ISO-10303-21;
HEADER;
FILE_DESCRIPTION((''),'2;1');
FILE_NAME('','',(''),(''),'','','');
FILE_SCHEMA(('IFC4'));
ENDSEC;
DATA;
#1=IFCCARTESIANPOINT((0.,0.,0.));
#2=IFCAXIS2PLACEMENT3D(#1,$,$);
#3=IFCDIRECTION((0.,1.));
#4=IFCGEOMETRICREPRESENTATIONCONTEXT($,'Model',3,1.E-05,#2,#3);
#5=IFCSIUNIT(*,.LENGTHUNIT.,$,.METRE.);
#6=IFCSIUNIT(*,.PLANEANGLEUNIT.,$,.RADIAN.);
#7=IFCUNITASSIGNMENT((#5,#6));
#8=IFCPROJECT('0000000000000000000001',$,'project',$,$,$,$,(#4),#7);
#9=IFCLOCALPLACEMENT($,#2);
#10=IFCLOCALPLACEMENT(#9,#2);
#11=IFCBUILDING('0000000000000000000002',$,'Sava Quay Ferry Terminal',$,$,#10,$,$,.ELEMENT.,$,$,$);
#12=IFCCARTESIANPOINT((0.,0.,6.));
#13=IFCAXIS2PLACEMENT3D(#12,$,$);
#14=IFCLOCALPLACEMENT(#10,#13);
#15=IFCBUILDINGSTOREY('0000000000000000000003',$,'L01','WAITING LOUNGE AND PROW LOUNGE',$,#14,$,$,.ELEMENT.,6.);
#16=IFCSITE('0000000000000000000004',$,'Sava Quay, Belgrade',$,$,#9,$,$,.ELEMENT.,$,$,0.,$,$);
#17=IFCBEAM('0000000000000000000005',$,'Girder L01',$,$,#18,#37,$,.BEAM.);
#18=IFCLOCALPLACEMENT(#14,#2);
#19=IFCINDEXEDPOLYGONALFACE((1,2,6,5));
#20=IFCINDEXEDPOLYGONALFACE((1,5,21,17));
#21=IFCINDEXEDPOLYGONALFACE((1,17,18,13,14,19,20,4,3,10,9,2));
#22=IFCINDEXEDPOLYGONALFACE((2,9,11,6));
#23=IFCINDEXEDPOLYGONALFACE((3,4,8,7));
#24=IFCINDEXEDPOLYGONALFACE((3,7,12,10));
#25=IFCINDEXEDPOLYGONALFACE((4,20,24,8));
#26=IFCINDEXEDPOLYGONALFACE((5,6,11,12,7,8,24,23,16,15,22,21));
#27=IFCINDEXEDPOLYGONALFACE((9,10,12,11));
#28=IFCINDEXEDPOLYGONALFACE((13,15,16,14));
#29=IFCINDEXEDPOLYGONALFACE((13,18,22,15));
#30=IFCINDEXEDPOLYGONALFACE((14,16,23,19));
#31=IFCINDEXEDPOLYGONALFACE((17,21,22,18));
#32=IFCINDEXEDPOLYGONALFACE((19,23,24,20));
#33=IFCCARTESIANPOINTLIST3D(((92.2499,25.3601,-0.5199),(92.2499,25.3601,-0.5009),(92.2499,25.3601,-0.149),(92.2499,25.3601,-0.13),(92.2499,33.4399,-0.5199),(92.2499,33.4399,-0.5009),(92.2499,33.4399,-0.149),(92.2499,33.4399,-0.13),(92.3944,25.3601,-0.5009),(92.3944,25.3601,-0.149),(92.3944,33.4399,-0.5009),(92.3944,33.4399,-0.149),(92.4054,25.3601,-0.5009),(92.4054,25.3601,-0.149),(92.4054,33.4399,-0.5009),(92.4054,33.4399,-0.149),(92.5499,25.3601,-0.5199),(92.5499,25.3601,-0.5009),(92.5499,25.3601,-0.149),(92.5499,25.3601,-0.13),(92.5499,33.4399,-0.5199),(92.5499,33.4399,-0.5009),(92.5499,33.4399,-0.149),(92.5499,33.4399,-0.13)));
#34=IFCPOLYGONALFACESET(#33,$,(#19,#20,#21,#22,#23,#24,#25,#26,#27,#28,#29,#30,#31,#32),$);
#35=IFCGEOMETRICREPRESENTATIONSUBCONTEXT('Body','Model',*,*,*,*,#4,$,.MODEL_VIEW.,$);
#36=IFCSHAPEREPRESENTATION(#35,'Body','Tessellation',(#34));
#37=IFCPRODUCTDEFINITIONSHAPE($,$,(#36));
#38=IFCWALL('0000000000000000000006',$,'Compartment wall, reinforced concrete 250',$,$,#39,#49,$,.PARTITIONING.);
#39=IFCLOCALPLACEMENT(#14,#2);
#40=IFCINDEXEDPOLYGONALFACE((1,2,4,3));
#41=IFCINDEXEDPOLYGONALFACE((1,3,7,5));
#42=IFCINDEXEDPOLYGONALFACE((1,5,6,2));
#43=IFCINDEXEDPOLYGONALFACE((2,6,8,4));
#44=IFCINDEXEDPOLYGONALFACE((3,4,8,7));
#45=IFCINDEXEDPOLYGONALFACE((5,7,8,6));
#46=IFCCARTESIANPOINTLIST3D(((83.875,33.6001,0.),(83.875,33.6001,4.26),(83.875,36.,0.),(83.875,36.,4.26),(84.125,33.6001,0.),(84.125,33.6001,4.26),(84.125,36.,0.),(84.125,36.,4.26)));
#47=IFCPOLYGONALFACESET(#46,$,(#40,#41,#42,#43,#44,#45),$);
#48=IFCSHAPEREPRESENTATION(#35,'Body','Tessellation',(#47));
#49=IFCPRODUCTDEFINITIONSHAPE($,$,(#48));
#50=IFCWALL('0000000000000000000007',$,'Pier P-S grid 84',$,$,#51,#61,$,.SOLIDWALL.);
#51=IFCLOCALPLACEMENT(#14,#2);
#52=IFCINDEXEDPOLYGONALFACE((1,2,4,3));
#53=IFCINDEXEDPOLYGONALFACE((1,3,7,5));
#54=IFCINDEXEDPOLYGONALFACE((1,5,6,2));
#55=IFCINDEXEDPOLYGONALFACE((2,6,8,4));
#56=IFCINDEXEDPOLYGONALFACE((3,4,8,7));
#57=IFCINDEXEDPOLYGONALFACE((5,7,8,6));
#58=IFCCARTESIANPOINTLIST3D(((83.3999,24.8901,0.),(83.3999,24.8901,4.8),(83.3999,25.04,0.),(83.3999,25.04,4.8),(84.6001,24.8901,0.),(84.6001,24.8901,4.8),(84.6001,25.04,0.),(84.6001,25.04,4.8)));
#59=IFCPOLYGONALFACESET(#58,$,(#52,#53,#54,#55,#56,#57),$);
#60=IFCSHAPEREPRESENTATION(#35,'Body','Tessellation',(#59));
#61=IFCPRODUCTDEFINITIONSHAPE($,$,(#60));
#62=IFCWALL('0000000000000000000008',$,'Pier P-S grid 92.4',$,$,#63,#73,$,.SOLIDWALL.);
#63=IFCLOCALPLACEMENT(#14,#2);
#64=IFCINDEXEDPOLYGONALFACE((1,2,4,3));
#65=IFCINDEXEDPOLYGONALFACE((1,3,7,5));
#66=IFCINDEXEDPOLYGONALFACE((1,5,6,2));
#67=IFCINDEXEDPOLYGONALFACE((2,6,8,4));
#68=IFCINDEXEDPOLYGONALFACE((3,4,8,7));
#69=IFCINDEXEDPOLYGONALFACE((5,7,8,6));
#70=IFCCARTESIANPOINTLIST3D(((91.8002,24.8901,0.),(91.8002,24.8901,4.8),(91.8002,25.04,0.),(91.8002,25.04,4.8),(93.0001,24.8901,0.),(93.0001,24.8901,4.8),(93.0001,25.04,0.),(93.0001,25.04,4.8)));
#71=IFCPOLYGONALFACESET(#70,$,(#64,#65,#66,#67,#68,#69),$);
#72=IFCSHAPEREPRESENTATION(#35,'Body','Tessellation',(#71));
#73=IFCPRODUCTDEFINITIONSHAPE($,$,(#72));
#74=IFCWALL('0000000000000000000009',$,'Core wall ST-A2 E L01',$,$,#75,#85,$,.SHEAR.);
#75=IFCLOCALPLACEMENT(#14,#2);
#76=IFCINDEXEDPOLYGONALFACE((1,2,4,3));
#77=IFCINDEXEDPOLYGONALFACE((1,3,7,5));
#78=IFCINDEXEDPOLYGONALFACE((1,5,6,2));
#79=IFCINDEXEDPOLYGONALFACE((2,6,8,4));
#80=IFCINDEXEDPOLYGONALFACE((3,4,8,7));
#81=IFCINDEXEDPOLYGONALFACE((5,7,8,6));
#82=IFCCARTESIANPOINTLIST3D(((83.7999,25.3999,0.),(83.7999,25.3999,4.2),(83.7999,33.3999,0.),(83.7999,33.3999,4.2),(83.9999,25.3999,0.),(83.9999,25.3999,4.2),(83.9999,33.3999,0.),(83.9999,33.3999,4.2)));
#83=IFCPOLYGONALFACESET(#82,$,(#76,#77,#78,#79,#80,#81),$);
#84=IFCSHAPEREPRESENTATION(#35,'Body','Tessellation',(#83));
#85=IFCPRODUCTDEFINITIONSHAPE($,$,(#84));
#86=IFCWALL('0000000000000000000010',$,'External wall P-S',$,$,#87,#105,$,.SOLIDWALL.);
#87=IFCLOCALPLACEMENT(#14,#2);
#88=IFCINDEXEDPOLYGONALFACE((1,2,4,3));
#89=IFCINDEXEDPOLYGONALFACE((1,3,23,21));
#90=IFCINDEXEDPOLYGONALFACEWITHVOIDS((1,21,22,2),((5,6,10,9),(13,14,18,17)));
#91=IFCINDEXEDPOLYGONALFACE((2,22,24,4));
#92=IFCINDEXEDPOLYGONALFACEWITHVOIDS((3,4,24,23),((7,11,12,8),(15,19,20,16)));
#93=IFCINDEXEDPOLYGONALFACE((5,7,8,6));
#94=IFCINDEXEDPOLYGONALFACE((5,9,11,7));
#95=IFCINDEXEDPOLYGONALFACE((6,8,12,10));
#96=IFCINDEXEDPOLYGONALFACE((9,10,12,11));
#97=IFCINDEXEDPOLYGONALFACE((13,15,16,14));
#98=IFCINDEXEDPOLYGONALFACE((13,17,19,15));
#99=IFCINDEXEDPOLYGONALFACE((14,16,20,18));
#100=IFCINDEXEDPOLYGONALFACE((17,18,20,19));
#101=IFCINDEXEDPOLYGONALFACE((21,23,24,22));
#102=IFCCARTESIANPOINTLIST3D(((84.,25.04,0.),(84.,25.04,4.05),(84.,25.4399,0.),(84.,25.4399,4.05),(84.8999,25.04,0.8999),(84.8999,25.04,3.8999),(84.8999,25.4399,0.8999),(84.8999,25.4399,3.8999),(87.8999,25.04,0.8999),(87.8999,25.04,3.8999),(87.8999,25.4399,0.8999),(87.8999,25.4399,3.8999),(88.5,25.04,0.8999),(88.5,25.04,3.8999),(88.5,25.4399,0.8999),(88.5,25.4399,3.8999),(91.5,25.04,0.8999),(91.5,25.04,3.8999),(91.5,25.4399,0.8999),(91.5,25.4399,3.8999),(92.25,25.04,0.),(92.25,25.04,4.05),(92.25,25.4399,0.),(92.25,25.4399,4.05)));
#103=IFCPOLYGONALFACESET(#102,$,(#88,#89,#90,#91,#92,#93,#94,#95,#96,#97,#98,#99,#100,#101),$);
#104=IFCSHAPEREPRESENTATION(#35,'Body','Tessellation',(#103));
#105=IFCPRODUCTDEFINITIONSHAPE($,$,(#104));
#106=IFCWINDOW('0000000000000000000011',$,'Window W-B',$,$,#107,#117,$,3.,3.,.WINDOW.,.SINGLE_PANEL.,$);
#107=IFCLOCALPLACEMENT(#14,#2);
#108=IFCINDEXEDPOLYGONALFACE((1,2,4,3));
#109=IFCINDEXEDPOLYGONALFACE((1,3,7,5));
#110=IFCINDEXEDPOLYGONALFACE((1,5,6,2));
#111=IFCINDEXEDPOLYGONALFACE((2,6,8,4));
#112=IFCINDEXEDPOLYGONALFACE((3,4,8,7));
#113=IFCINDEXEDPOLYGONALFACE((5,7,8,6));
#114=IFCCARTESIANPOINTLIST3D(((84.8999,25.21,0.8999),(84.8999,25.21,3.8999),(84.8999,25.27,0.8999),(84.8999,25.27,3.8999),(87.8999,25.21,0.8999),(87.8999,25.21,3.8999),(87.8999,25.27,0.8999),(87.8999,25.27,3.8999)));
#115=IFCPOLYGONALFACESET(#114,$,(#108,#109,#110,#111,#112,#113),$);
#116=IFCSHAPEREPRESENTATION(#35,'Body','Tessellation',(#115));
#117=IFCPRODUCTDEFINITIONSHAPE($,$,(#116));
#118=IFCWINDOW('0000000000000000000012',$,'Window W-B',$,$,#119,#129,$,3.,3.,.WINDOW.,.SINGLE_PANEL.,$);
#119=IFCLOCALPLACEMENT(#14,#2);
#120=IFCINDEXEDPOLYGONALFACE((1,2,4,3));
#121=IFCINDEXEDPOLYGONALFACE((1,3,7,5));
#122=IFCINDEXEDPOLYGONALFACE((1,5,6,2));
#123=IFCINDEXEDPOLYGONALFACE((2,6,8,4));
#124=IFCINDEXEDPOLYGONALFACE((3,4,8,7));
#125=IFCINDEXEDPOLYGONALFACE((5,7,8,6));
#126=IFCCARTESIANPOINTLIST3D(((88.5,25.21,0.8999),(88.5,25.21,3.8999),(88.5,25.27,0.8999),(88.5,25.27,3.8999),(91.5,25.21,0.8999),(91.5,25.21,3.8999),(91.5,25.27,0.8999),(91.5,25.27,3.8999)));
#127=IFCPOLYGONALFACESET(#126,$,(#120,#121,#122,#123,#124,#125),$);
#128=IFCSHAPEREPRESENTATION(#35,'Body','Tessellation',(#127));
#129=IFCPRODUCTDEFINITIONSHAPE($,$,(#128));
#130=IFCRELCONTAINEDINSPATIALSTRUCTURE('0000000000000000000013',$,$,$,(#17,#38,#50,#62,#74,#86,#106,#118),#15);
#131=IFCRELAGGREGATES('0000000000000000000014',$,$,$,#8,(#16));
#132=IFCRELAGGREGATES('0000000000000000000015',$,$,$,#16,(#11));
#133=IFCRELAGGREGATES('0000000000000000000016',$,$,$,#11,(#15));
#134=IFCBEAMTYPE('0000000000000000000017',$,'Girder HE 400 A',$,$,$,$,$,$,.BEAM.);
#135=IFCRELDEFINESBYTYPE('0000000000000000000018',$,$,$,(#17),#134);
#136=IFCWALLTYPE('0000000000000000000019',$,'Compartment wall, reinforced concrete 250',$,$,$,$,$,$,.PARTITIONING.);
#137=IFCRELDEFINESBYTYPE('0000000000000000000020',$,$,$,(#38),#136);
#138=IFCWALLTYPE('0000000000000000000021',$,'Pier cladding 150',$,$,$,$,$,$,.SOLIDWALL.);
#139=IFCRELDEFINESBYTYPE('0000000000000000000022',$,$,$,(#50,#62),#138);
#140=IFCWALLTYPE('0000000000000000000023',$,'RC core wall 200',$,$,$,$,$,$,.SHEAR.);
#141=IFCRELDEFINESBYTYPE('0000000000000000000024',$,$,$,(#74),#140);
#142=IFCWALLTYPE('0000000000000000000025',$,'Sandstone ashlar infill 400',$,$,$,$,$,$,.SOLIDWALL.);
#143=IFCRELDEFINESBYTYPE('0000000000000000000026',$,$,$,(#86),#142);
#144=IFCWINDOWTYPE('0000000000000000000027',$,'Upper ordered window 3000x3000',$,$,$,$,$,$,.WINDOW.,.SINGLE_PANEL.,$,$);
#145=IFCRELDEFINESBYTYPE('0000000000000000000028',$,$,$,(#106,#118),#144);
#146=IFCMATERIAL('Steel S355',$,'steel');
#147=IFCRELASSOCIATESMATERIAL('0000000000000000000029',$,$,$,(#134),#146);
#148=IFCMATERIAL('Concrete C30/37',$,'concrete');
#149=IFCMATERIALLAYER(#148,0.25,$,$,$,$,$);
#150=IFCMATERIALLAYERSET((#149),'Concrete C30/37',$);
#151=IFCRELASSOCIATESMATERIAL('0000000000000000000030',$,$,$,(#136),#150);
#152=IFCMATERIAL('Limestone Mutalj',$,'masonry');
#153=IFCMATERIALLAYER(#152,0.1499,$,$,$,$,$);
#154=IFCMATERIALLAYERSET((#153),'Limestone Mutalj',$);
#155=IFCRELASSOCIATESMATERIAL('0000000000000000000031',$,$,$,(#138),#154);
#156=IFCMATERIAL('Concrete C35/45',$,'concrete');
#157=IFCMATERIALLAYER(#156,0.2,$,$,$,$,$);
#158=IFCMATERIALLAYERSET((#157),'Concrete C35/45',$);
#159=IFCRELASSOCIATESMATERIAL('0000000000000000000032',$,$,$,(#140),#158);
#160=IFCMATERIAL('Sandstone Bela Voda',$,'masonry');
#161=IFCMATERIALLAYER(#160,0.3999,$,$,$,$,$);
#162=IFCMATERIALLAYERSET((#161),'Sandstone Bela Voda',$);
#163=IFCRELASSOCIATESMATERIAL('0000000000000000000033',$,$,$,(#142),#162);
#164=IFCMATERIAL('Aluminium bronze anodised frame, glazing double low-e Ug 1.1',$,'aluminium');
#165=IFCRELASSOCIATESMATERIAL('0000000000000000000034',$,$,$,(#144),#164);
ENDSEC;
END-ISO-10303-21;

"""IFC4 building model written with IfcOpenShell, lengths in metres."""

from ifc_helpers import new_model, si_unit, direction, frame, frame_2d, origin, origin_2d, place, context, subcontext, project, spatial, rectangle, i_section, extrude, material, layer, layer_set, material_profile, profile_set, type_object, element, fill, save


model = new_model("IFC4")

# Units and contexts
model_context = context("Model", 3, precision=1e-05, world=origin(), true_north=direction((0.0, 1.0)))
body_context = subcontext(model_context, "Body", "Model", "MODEL_VIEW")
ifc_project = project(units=[si_unit("LENGTHUNIT", "METRE"), si_unit("PLANEANGLEUNIT", "RADIAN")], contexts=[model_context])

# Site, building, storey
site_placement = place(None, origin())
site = spatial("IfcSite", under=ifc_project, at=site_placement, Name="Sava Quay, Belgrade", CompositionType="ELEMENT", RefElevation=0.0)
building_placement = place(site_placement, origin())
building = spatial("IfcBuilding", under=site, at=building_placement, Name="Sava Quay Ferry Terminal", CompositionType="ELEMENT")
storey_placement = place(building_placement, frame((0.0, 0.0, 6.0)))
storey = spatial("IfcBuildingStorey", under=building, at=storey_placement, Name="L01", Description="WAITING LOUNGE AND PROW LOUNGE", CompositionType="ELEMENT", Elevation=6.0)

# Beam
ifc_material_1 = material(Name="Steel S355", Category="steel")
ifc_material_profile_1 = material_profile(ifc_material_1, i_section(OverallWidth=0.3, OverallDepth=0.3899, WebThickness=0.011, FlangeThickness=0.019, at=origin_2d()), Name="HE 400 A")
ifc_profile_set_1 = profile_set([ifc_material_profile_1], Name="Steel S355")
beam_type_1 = type_object("IfcBeamType", Name="Girder HE 400 A", PredefinedType="BEAM", material=ifc_profile_set_1)
beam_1_placement = place(storey_placement, frame((92.3999, 25.3601, -0.325), z_axis=(0.0, 1.0, 0.0), x_axis=(-1.0, 0.0, 0.0)))
element("IfcBeam", 1, at=beam_1_placement, inside=storey, type_object=beam_type_1, Name="Girder L01", PredefinedType="BEAM", context=body_context, shape_type="SweptSolid", body=[
    extrude(i_section(OverallWidth=0.3, OverallDepth=0.3899, WebThickness=0.011, FlangeThickness=0.019, at=origin_2d()), origin(), (0.0, 0.0, 1.0), 8.0798),
])

# Walls
ifc_material_2 = material(Name="Concrete C30/37", Category="concrete")
ifc_layer_1 = layer(ifc_material_2, 0.25)
ifc_layer_set_1 = layer_set([ifc_layer_1], Name="Concrete C30/37")
wall_type_1 = type_object("IfcWallType", Name="Compartment wall, reinforced concrete 250", PredefinedType="PARTITIONING", material=ifc_layer_set_1)
wall_1_placement = place(storey_placement, frame((84.0, 33.6001, 0.0), z_axis=(0.0, 0.0, 1.0), x_axis=(0.0, 1.0, 0.0)))
element("IfcWall", 2, at=wall_1_placement, inside=storey, type_object=wall_type_1, Name="Compartment wall, reinforced concrete 250", PredefinedType="PARTITIONING", context=body_context, shape_type="SweptSolid", body=[
    extrude(rectangle(XDim=2.3999, YDim=0.25, at=frame_2d((1.2, 0.0))), origin(), (0.0, 0.0, 1.0), 4.26),
])
ifc_material_3 = material(Name="Limestone Mutalj", Category="masonry")
ifc_layer_2 = layer(ifc_material_3, 0.1499)
ifc_layer_set_2 = layer_set([ifc_layer_2], Name="Limestone Mutalj")
wall_type_2 = type_object("IfcWallType", Name="Pier cladding 150", PredefinedType="SOLIDWALL", material=ifc_layer_set_2)
wall_2_placement = place(storey_placement, frame((83.3999, 24.9651, 0.0), z_axis=(0.0, 0.0, 1.0), x_axis=(1.0, 0.0, 0.0)))
element("IfcWall", 3, at=wall_2_placement, inside=storey, type_object=wall_type_2, Name="Pier P-S grid 84", PredefinedType="SOLIDWALL", context=body_context, shape_type="SweptSolid", body=[
    extrude(rectangle(XDim=1.2002, YDim=0.1499, at=frame_2d((0.6001, 0.0))), origin(), (0.0, 0.0, 1.0), 4.8),
])
wall_3_placement = place(storey_placement, frame((91.8, 24.9651, 0.0), z_axis=(0.0, 0.0, 1.0), x_axis=(1.0, 0.0, 0.0)))
element("IfcWall", 4, at=wall_3_placement, inside=storey, type_object=wall_type_2, Name="Pier P-S grid 92.4", PredefinedType="SOLIDWALL", context=body_context, shape_type="SweptSolid", body=[
    extrude(rectangle(XDim=1.2, YDim=0.1499, at=frame_2d((0.6001, 0.0))), origin(), (0.0, 0.0, 1.0), 4.8),
])
ifc_material_4 = material(Name="Concrete C35/45", Category="concrete")
ifc_layer_3 = layer(ifc_material_4, 0.2)
ifc_layer_set_3 = layer_set([ifc_layer_3], Name="Concrete C35/45")
wall_type_3 = type_object("IfcWallType", Name="RC core wall 200", PredefinedType="SHEAR", material=ifc_layer_set_3)
wall_4_placement = place(storey_placement, frame((83.8999, 25.3999, 0.0), z_axis=(0.0, 0.0, 1.0), x_axis=(0.0, 1.0, 0.0)))
element("IfcWall", 5, at=wall_4_placement, inside=storey, type_object=wall_type_3, Name="Core wall ST-A2 E L01", PredefinedType="SHEAR", context=body_context, shape_type="SweptSolid", body=[
    extrude(rectangle(XDim=8.0, YDim=0.2, at=frame_2d((4.0, 0.0))), origin(), (0.0, 0.0, 1.0), 4.2),
])

# Wall, openings, windows
ifc_material_5 = material(Name="Sandstone Bela Voda", Category="masonry")
ifc_layer_4 = layer(ifc_material_5, 0.3999)
ifc_layer_set_4 = layer_set([ifc_layer_4], Name="Sandstone Bela Voda")
wall_type_4 = type_object("IfcWallType", Name="Sandstone ashlar infill 400", PredefinedType="SOLIDWALL", material=ifc_layer_set_4)
wall_5_placement = place(storey_placement, frame((84.0, 25.24, 0.0), z_axis=(0.0, 0.0, 1.0), x_axis=(1.0, 0.0, 0.0)))
wall_5 = element("IfcWall", 6, at=wall_5_placement, inside=storey, type_object=wall_type_4, Name="External wall P-S", PredefinedType="SOLIDWALL", context=body_context, shape_type="SweptSolid", body=[
    extrude(rectangle(XDim=8.25, YDim=0.3999, at=frame_2d((4.125, 0.0))), origin(), (0.0, 0.0, 1.0), 4.05),
])
opening_1_placement = place(wall_5_placement, frame((0.8999, 0.0, 0.8999)))
opening_1 = element("IfcOpeningElement", 7, at=opening_1_placement, cuts=wall_5, PredefinedType="OPENING", context=body_context, shape_type="SweptSolid", body=[
    extrude(rectangle(XDim=3.0, YDim=3.0, at=frame_2d((1.5, 1.5))), frame((0.0, 0.2, 0.0), z_axis=(0.0, -1.0, 0.0), x_axis=(1.0, 0.0, 0.0)), (0.0, 0.0, 1.0), 0.3999),
])
opening_2_placement = place(wall_5_placement, frame((4.5, 0.0, 0.8999)))
opening_2 = element("IfcOpeningElement", 8, at=opening_2_placement, cuts=wall_5, PredefinedType="OPENING", context=body_context, shape_type="SweptSolid", body=[
    extrude(rectangle(XDim=3.0, YDim=3.0, at=frame_2d((1.5, 1.5))), frame((0.0, 0.2, 0.0), z_axis=(0.0, -1.0, 0.0), x_axis=(1.0, 0.0, 0.0)), (0.0, 0.0, 1.0), 0.3999),
])
ifc_material_6 = material(Name="Aluminium bronze anodised frame, glazing double low-e Ug 1.1", Category="aluminium")
window_type_1 = type_object("IfcWindowType", Name="Upper ordered window 3000x3000", PartitioningType="SINGLE_PANEL", PredefinedType="WINDOW", material=ifc_material_6)
window_1_placement = place(opening_1_placement, origin())
window_1 = element("IfcWindow", 9, at=window_1_placement, inside=storey, type_object=window_type_1, Name="Window W-B", OverallHeight=3.0, OverallWidth=3.0, PartitioningType="SINGLE_PANEL", PredefinedType="WINDOW", context=body_context, shape_type="SweptSolid", body=[
    extrude(rectangle(XDim=3.0, YDim=3.0, at=frame_2d((1.5, 1.5))), frame((0.0, 0.03, 0.0), z_axis=(0.0, -1.0, 0.0), x_axis=(1.0, 0.0, 0.0)), (0.0, 0.0, 1.0), 0.0601),
])
fill(opening_1, window_1)
window_2_placement = place(opening_2_placement, origin())
window_2 = element("IfcWindow", 10, at=window_2_placement, inside=storey, type_object=window_type_1, Name="Window W-B", OverallHeight=3.0, OverallWidth=3.0, PartitioningType="SINGLE_PANEL", PredefinedType="WINDOW", context=body_context, shape_type="SweptSolid", body=[
    extrude(rectangle(XDim=3.0, YDim=3.0, at=frame_2d((1.5, 1.5))), frame((0.0, 0.03, 0.0), z_axis=(0.0, -1.0, 0.0), x_axis=(1.0, 0.0, 0.0)), (0.0, 0.0, 1.0), 0.0601),
])
fill(opening_2, window_2)

save(model, "model.ifc")
